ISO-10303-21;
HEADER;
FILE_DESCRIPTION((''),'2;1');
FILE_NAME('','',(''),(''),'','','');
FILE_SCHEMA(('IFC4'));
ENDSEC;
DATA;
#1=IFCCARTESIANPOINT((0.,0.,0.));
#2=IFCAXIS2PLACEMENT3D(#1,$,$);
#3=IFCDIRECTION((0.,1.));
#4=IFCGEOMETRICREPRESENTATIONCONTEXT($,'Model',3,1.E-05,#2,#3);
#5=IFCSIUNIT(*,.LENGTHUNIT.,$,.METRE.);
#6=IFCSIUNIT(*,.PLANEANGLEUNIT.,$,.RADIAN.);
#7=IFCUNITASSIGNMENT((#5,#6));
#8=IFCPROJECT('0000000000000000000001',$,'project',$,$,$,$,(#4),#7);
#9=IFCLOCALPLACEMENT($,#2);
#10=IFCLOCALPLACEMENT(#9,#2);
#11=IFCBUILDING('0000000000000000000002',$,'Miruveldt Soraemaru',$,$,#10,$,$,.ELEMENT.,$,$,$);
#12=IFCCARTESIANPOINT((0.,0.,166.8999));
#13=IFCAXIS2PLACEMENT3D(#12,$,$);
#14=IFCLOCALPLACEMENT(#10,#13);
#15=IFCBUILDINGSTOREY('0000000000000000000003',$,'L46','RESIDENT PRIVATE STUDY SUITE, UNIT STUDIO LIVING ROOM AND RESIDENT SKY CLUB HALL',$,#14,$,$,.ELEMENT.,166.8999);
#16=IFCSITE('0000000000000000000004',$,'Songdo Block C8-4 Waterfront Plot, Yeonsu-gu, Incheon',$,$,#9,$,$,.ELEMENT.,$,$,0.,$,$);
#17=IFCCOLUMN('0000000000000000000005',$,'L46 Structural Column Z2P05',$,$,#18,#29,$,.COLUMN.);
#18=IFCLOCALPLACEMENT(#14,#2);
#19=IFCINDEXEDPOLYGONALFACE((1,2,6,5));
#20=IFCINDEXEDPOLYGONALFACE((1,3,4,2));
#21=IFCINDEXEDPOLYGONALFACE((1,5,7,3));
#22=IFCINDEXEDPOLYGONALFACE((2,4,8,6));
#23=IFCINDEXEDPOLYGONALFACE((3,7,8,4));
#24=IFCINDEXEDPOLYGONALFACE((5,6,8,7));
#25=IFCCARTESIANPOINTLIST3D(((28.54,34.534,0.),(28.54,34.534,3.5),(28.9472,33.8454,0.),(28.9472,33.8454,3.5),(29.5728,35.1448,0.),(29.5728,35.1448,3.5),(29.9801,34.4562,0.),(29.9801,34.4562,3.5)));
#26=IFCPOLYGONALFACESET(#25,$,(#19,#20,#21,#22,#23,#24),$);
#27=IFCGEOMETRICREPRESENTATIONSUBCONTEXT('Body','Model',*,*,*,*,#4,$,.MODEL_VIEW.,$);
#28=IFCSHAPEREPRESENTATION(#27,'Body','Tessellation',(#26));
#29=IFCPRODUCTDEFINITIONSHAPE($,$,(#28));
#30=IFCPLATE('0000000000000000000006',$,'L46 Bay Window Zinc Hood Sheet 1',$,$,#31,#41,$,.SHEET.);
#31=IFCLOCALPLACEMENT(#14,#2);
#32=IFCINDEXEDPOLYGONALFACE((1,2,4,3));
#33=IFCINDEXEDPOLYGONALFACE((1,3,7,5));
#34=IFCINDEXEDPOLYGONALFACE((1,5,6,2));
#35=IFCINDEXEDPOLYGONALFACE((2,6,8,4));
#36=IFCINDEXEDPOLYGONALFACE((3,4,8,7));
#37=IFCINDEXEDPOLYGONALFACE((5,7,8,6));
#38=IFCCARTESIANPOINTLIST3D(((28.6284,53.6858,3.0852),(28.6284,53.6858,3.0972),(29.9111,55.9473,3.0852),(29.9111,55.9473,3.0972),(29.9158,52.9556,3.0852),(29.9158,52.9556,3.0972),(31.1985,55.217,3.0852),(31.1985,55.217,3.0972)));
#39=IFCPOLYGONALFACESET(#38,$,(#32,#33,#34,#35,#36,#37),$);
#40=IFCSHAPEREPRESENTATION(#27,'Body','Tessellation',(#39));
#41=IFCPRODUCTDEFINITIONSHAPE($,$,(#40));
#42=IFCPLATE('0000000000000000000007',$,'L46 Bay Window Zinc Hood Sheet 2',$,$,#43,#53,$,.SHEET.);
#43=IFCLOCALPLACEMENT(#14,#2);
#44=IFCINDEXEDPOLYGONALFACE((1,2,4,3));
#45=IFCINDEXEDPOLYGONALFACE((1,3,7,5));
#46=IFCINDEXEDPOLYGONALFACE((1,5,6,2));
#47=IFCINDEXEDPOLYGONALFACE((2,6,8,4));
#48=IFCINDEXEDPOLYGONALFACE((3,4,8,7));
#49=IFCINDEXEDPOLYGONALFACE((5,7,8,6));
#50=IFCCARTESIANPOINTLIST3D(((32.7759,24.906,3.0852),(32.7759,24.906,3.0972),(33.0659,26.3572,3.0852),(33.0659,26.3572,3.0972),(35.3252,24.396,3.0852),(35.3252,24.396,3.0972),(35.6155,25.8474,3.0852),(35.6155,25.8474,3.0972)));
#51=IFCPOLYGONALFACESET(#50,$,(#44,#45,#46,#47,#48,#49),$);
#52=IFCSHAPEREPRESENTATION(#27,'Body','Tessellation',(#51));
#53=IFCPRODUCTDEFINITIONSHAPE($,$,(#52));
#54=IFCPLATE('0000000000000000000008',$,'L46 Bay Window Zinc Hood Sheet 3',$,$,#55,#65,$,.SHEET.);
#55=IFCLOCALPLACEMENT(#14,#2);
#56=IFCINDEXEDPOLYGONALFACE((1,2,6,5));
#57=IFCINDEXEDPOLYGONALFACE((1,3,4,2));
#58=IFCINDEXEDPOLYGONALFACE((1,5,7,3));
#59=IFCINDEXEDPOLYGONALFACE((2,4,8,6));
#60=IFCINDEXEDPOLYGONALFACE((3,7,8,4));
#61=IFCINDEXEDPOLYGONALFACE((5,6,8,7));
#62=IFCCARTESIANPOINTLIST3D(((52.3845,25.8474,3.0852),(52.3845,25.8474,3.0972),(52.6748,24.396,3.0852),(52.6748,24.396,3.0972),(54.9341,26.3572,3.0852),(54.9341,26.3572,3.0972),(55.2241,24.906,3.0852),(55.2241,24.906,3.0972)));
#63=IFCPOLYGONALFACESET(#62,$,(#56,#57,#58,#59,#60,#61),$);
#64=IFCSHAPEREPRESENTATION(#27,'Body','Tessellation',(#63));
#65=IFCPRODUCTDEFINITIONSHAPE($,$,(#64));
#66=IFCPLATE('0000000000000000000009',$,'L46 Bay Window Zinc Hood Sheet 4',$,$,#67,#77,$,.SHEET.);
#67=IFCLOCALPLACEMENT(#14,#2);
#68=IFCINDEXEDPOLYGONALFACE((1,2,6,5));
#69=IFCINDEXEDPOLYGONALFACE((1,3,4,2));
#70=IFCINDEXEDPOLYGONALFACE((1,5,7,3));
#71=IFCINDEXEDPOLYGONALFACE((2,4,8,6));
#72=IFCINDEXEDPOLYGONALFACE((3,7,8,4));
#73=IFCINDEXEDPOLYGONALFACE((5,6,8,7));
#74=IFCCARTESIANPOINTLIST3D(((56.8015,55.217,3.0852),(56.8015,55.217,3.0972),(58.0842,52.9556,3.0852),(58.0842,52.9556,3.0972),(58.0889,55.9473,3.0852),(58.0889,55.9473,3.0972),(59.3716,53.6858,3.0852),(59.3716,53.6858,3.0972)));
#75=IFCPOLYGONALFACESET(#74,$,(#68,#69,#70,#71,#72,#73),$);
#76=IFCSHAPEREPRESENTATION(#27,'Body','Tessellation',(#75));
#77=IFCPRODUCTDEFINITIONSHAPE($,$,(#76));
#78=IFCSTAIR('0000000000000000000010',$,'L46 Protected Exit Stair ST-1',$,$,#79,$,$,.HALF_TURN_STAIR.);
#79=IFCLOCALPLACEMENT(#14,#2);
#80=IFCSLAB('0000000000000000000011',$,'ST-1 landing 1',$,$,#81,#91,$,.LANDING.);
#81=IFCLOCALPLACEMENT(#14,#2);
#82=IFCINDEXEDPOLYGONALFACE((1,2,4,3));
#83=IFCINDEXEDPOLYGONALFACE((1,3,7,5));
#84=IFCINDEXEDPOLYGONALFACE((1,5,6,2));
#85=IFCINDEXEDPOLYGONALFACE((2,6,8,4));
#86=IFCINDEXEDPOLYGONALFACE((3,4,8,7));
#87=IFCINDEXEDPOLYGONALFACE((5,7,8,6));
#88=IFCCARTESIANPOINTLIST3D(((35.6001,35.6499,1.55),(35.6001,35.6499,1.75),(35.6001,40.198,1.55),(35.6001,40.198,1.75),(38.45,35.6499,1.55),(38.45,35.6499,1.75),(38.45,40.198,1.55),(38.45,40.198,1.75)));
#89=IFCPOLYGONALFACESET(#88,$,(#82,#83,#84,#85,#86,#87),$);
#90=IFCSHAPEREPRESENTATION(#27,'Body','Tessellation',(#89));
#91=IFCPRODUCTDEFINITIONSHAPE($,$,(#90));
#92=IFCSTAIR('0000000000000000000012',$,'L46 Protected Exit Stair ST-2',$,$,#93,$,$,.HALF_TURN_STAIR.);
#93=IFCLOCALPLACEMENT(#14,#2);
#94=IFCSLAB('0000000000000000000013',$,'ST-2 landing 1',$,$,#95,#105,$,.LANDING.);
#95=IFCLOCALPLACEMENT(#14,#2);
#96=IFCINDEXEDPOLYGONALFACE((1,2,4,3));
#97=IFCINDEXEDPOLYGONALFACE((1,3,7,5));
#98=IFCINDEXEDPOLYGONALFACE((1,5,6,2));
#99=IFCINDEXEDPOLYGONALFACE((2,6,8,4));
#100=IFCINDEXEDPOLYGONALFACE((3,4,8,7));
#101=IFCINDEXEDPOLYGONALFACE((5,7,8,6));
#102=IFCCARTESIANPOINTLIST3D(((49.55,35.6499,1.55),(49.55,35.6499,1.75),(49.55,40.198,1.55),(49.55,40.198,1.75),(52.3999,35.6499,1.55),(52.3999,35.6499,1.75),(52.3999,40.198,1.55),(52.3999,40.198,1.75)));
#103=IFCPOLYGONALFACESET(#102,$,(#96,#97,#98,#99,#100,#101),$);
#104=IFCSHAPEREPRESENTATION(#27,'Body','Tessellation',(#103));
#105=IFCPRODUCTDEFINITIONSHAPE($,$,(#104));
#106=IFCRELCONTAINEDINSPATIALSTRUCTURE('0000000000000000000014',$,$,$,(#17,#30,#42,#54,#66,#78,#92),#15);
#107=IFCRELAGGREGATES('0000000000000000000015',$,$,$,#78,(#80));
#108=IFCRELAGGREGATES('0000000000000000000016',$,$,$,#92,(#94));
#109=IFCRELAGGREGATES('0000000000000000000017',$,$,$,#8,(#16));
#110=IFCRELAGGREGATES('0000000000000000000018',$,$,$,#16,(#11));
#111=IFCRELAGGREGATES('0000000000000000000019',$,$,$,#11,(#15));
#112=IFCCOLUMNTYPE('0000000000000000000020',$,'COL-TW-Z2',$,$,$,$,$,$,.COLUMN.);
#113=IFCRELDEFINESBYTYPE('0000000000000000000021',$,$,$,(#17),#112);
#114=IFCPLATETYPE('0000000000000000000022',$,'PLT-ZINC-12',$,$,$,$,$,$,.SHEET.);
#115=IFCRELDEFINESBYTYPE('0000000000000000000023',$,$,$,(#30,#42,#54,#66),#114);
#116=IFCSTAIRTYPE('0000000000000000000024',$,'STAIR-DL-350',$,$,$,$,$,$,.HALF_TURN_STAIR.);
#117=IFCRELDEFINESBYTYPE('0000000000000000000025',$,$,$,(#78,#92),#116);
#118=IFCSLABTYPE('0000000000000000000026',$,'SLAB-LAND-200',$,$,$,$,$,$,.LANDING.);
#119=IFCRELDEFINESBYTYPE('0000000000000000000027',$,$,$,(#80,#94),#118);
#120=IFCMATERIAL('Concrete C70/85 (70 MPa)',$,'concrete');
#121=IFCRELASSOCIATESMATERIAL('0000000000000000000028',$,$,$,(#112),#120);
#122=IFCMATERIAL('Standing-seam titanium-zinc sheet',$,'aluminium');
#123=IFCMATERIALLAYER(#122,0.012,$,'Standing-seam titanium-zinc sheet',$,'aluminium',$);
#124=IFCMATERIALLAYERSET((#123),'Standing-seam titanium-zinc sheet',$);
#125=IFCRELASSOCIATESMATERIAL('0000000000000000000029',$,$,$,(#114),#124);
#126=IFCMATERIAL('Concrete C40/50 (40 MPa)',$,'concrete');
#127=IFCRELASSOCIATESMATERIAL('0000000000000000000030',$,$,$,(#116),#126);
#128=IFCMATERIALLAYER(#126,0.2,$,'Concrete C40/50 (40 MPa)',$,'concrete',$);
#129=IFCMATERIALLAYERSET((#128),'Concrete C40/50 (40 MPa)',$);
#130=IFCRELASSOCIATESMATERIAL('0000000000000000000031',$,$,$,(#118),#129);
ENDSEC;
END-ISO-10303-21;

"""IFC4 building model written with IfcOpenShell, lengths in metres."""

from ifc_helpers import new_model, si_unit, direction, frame, origin, origin_2d, place, context, subcontext, project, spatial, polyline, rectangle, outline, extrude, material, layer, layer_set, material_profile, profile_set, type_object, element, aggregate, save


model = new_model("IFC4")

# Units and contexts
model_context = context("Model", 3, precision=1e-05, world=origin(), true_north=direction((0.0, 1.0)))
body_context = subcontext(model_context, "Body", "Model", "MODEL_VIEW")
ifc_project = project(units=[si_unit("LENGTHUNIT", "METRE"), si_unit("PLANEANGLEUNIT", "RADIAN")], contexts=[model_context])

# Site, building, storey
site_placement = place(None, origin())
site = spatial("IfcSite", under=ifc_project, at=site_placement, Name="Songdo Block C8-4 Waterfront Plot, Yeonsu-gu, Incheon", CompositionType="ELEMENT", RefElevation=0.0)
building_placement = place(site_placement, origin())
building = spatial("IfcBuilding", under=site, at=building_placement, Name="Miruveldt Soraemaru", CompositionType="ELEMENT")
storey_placement = place(building_placement, frame((0.0, 0.0, 166.8999)))
storey = spatial("IfcBuildingStorey", under=building, at=storey_placement, Name="L46", Description="RESIDENT PRIVATE STUDY SUITE, UNIT STUDIO LIVING ROOM AND RESIDENT SKY CLUB HALL", CompositionType="ELEMENT", Elevation=166.8999)

# Column
ifc_material_1 = material(Name="Concrete C70/85 (70 MPa)", Category="concrete")
ifc_material_profile = material_profile(ifc_material_1, rectangle(XDim=1.2, YDim=0.8, at=origin_2d()), Name="Concrete C70/85 (70 MPa)", Category="concrete")
ifc_profile_set = profile_set([ifc_material_profile], Name="Concrete C70/85 (70 MPa)")
column_type = type_object("IfcColumnType", Name="COL-TW-Z2", PredefinedType="COLUMN", material=ifc_profile_set)
column_placement = place(storey_placement, frame((29.26, 34.4951, 0.0), z_axis=(0.0, 0.0, 1.0), x_axis=(0.860742, 0.509041, 0.0)))
element("IfcColumn", 1, at=column_placement, inside=storey, type_object=column_type, Name="L46 Structural Column Z2P05", PredefinedType="COLUMN", context=body_context, shape_type="SweptSolid", body=[
    extrude(rectangle(XDim=1.2, YDim=0.8, at=origin_2d()), origin(), (0.0, 0.0, 1.0), 3.5),
])

# Plates
ifc_material_2 = material(Name="Standing-seam titanium-zinc sheet", Category="aluminium")
ifc_layer_1 = layer(ifc_material_2, 0.012, Name="Standing-seam titanium-zinc sheet", Category="aluminium")
ifc_layer_set_1 = layer_set([ifc_layer_1], Name="Standing-seam titanium-zinc sheet")
plate_type = type_object("IfcPlateType", Name="PLT-ZINC-12", PredefinedType="SHEET", material=ifc_layer_set_1)
plate_1_placement = place(storey_placement, frame((0.0, 0.0, 3.0852)))
element("IfcPlate", 2, at=plate_1_placement, inside=storey, type_object=plate_type, Name="L46 Bay Window Zinc Hood Sheet 1", PredefinedType="SHEET", context=body_context, shape_type="SweptSolid", body=[
    extrude(outline(polyline([(31.1985, 55.217), (29.9158, 52.9556), (28.6284, 53.6858), (29.9111, 55.9473), (31.1985, 55.217)])), origin(), (0.0, 0.0, 1.0), 0.012),
])
plate_2_placement = place(storey_placement, frame((0.0, 0.0, 3.0852)))
element("IfcPlate", 3, at=plate_2_placement, inside=storey, type_object=plate_type, Name="L46 Bay Window Zinc Hood Sheet 2", PredefinedType="SHEET", context=body_context, shape_type="SweptSolid", body=[
    extrude(outline(polyline([(33.0659, 26.3572), (35.6155, 25.8474), (35.3252, 24.396), (32.7759, 24.906), (33.0659, 26.3572)])), origin(), (0.0, 0.0, 1.0), 0.012),
])
plate_3_placement = place(storey_placement, frame((0.0, 0.0, 3.0852)))
element("IfcPlate", 4, at=plate_3_placement, inside=storey, type_object=plate_type, Name="L46 Bay Window Zinc Hood Sheet 3", PredefinedType="SHEET", context=body_context, shape_type="SweptSolid", body=[
    extrude(outline(polyline([(52.3845, 25.8474), (54.9341, 26.3572), (55.2241, 24.906), (52.6748, 24.396), (52.3845, 25.8474)])), origin(), (0.0, 0.0, 1.0), 0.012),
])
plate_4_placement = place(storey_placement, frame((0.0, 0.0, 3.0852)))
element("IfcPlate", 5, at=plate_4_placement, inside=storey, type_object=plate_type, Name="L46 Bay Window Zinc Hood Sheet 4", PredefinedType="SHEET", context=body_context, shape_type="SweptSolid", body=[
    extrude(outline(polyline([(58.0842, 52.9556), (56.8015, 55.217), (58.0889, 55.9473), (59.3716, 53.6858), (58.0842, 52.9556)])), origin(), (0.0, 0.0, 1.0), 0.012),
])

# Stairs, slabs
ifc_material_3 = material(Name="Concrete C40/50 (40 MPa)", Category="concrete")
stair_type = type_object("IfcStairType", Name="STAIR-DL-350", PredefinedType="HALF_TURN_STAIR", material=ifc_material_3)
stair_1_placement = place(storey_placement, origin())
stair_1 = element("IfcStair", 6, at=stair_1_placement, inside=storey, type_object=stair_type, Name="L46 Protected Exit Stair ST-1", PredefinedType="HALF_TURN_STAIR")
ifc_layer_2 = layer(ifc_material_3, 0.2, Name="Concrete C40/50 (40 MPa)", Category="concrete")
ifc_layer_set_2 = layer_set([ifc_layer_2], Name="Concrete C40/50 (40 MPa)")
slab_type_1 = type_object("IfcSlabType", Name="SLAB-LAND-200", PredefinedType="LANDING", material=ifc_layer_set_2)
slab_1_placement = place(storey_placement, frame((0.0, 0.0, 1.55)))
slab_1 = element("IfcSlab", 7, at=slab_1_placement, type_object=slab_type_1, Name="ST-1 landing 1", PredefinedType="LANDING", context=body_context, shape_type="SweptSolid", body=[
    extrude(outline(polyline([(35.6001, 40.198), (35.6001, 35.6499), (38.45, 35.6499), (38.45, 40.198), (35.6001, 40.198)])), origin(), (0.0, 0.0, 1.0), 0.2),
])
aggregate(stair_1, [slab_1])
stair_2_placement = place(storey_placement, origin())
stair_2 = element("IfcStair", 8, at=stair_2_placement, inside=storey, type_object=stair_type, Name="L46 Protected Exit Stair ST-2", PredefinedType="HALF_TURN_STAIR")
slab_2_placement = place(storey_placement, frame((0.0, 0.0, 1.55)))
slab_2 = element("IfcSlab", 9, at=slab_2_placement, type_object=slab_type_1, Name="ST-2 landing 1", PredefinedType="LANDING", context=body_context, shape_type="SweptSolid", body=[
    extrude(outline(polyline([(49.55, 40.198), (49.55, 35.6499), (52.3999, 35.6499), (52.3999, 40.198), (49.55, 40.198)])), origin(), (0.0, 0.0, 1.0), 0.2),
])
aggregate(stair_2, [slab_2])

save(model, "model.ifc")
